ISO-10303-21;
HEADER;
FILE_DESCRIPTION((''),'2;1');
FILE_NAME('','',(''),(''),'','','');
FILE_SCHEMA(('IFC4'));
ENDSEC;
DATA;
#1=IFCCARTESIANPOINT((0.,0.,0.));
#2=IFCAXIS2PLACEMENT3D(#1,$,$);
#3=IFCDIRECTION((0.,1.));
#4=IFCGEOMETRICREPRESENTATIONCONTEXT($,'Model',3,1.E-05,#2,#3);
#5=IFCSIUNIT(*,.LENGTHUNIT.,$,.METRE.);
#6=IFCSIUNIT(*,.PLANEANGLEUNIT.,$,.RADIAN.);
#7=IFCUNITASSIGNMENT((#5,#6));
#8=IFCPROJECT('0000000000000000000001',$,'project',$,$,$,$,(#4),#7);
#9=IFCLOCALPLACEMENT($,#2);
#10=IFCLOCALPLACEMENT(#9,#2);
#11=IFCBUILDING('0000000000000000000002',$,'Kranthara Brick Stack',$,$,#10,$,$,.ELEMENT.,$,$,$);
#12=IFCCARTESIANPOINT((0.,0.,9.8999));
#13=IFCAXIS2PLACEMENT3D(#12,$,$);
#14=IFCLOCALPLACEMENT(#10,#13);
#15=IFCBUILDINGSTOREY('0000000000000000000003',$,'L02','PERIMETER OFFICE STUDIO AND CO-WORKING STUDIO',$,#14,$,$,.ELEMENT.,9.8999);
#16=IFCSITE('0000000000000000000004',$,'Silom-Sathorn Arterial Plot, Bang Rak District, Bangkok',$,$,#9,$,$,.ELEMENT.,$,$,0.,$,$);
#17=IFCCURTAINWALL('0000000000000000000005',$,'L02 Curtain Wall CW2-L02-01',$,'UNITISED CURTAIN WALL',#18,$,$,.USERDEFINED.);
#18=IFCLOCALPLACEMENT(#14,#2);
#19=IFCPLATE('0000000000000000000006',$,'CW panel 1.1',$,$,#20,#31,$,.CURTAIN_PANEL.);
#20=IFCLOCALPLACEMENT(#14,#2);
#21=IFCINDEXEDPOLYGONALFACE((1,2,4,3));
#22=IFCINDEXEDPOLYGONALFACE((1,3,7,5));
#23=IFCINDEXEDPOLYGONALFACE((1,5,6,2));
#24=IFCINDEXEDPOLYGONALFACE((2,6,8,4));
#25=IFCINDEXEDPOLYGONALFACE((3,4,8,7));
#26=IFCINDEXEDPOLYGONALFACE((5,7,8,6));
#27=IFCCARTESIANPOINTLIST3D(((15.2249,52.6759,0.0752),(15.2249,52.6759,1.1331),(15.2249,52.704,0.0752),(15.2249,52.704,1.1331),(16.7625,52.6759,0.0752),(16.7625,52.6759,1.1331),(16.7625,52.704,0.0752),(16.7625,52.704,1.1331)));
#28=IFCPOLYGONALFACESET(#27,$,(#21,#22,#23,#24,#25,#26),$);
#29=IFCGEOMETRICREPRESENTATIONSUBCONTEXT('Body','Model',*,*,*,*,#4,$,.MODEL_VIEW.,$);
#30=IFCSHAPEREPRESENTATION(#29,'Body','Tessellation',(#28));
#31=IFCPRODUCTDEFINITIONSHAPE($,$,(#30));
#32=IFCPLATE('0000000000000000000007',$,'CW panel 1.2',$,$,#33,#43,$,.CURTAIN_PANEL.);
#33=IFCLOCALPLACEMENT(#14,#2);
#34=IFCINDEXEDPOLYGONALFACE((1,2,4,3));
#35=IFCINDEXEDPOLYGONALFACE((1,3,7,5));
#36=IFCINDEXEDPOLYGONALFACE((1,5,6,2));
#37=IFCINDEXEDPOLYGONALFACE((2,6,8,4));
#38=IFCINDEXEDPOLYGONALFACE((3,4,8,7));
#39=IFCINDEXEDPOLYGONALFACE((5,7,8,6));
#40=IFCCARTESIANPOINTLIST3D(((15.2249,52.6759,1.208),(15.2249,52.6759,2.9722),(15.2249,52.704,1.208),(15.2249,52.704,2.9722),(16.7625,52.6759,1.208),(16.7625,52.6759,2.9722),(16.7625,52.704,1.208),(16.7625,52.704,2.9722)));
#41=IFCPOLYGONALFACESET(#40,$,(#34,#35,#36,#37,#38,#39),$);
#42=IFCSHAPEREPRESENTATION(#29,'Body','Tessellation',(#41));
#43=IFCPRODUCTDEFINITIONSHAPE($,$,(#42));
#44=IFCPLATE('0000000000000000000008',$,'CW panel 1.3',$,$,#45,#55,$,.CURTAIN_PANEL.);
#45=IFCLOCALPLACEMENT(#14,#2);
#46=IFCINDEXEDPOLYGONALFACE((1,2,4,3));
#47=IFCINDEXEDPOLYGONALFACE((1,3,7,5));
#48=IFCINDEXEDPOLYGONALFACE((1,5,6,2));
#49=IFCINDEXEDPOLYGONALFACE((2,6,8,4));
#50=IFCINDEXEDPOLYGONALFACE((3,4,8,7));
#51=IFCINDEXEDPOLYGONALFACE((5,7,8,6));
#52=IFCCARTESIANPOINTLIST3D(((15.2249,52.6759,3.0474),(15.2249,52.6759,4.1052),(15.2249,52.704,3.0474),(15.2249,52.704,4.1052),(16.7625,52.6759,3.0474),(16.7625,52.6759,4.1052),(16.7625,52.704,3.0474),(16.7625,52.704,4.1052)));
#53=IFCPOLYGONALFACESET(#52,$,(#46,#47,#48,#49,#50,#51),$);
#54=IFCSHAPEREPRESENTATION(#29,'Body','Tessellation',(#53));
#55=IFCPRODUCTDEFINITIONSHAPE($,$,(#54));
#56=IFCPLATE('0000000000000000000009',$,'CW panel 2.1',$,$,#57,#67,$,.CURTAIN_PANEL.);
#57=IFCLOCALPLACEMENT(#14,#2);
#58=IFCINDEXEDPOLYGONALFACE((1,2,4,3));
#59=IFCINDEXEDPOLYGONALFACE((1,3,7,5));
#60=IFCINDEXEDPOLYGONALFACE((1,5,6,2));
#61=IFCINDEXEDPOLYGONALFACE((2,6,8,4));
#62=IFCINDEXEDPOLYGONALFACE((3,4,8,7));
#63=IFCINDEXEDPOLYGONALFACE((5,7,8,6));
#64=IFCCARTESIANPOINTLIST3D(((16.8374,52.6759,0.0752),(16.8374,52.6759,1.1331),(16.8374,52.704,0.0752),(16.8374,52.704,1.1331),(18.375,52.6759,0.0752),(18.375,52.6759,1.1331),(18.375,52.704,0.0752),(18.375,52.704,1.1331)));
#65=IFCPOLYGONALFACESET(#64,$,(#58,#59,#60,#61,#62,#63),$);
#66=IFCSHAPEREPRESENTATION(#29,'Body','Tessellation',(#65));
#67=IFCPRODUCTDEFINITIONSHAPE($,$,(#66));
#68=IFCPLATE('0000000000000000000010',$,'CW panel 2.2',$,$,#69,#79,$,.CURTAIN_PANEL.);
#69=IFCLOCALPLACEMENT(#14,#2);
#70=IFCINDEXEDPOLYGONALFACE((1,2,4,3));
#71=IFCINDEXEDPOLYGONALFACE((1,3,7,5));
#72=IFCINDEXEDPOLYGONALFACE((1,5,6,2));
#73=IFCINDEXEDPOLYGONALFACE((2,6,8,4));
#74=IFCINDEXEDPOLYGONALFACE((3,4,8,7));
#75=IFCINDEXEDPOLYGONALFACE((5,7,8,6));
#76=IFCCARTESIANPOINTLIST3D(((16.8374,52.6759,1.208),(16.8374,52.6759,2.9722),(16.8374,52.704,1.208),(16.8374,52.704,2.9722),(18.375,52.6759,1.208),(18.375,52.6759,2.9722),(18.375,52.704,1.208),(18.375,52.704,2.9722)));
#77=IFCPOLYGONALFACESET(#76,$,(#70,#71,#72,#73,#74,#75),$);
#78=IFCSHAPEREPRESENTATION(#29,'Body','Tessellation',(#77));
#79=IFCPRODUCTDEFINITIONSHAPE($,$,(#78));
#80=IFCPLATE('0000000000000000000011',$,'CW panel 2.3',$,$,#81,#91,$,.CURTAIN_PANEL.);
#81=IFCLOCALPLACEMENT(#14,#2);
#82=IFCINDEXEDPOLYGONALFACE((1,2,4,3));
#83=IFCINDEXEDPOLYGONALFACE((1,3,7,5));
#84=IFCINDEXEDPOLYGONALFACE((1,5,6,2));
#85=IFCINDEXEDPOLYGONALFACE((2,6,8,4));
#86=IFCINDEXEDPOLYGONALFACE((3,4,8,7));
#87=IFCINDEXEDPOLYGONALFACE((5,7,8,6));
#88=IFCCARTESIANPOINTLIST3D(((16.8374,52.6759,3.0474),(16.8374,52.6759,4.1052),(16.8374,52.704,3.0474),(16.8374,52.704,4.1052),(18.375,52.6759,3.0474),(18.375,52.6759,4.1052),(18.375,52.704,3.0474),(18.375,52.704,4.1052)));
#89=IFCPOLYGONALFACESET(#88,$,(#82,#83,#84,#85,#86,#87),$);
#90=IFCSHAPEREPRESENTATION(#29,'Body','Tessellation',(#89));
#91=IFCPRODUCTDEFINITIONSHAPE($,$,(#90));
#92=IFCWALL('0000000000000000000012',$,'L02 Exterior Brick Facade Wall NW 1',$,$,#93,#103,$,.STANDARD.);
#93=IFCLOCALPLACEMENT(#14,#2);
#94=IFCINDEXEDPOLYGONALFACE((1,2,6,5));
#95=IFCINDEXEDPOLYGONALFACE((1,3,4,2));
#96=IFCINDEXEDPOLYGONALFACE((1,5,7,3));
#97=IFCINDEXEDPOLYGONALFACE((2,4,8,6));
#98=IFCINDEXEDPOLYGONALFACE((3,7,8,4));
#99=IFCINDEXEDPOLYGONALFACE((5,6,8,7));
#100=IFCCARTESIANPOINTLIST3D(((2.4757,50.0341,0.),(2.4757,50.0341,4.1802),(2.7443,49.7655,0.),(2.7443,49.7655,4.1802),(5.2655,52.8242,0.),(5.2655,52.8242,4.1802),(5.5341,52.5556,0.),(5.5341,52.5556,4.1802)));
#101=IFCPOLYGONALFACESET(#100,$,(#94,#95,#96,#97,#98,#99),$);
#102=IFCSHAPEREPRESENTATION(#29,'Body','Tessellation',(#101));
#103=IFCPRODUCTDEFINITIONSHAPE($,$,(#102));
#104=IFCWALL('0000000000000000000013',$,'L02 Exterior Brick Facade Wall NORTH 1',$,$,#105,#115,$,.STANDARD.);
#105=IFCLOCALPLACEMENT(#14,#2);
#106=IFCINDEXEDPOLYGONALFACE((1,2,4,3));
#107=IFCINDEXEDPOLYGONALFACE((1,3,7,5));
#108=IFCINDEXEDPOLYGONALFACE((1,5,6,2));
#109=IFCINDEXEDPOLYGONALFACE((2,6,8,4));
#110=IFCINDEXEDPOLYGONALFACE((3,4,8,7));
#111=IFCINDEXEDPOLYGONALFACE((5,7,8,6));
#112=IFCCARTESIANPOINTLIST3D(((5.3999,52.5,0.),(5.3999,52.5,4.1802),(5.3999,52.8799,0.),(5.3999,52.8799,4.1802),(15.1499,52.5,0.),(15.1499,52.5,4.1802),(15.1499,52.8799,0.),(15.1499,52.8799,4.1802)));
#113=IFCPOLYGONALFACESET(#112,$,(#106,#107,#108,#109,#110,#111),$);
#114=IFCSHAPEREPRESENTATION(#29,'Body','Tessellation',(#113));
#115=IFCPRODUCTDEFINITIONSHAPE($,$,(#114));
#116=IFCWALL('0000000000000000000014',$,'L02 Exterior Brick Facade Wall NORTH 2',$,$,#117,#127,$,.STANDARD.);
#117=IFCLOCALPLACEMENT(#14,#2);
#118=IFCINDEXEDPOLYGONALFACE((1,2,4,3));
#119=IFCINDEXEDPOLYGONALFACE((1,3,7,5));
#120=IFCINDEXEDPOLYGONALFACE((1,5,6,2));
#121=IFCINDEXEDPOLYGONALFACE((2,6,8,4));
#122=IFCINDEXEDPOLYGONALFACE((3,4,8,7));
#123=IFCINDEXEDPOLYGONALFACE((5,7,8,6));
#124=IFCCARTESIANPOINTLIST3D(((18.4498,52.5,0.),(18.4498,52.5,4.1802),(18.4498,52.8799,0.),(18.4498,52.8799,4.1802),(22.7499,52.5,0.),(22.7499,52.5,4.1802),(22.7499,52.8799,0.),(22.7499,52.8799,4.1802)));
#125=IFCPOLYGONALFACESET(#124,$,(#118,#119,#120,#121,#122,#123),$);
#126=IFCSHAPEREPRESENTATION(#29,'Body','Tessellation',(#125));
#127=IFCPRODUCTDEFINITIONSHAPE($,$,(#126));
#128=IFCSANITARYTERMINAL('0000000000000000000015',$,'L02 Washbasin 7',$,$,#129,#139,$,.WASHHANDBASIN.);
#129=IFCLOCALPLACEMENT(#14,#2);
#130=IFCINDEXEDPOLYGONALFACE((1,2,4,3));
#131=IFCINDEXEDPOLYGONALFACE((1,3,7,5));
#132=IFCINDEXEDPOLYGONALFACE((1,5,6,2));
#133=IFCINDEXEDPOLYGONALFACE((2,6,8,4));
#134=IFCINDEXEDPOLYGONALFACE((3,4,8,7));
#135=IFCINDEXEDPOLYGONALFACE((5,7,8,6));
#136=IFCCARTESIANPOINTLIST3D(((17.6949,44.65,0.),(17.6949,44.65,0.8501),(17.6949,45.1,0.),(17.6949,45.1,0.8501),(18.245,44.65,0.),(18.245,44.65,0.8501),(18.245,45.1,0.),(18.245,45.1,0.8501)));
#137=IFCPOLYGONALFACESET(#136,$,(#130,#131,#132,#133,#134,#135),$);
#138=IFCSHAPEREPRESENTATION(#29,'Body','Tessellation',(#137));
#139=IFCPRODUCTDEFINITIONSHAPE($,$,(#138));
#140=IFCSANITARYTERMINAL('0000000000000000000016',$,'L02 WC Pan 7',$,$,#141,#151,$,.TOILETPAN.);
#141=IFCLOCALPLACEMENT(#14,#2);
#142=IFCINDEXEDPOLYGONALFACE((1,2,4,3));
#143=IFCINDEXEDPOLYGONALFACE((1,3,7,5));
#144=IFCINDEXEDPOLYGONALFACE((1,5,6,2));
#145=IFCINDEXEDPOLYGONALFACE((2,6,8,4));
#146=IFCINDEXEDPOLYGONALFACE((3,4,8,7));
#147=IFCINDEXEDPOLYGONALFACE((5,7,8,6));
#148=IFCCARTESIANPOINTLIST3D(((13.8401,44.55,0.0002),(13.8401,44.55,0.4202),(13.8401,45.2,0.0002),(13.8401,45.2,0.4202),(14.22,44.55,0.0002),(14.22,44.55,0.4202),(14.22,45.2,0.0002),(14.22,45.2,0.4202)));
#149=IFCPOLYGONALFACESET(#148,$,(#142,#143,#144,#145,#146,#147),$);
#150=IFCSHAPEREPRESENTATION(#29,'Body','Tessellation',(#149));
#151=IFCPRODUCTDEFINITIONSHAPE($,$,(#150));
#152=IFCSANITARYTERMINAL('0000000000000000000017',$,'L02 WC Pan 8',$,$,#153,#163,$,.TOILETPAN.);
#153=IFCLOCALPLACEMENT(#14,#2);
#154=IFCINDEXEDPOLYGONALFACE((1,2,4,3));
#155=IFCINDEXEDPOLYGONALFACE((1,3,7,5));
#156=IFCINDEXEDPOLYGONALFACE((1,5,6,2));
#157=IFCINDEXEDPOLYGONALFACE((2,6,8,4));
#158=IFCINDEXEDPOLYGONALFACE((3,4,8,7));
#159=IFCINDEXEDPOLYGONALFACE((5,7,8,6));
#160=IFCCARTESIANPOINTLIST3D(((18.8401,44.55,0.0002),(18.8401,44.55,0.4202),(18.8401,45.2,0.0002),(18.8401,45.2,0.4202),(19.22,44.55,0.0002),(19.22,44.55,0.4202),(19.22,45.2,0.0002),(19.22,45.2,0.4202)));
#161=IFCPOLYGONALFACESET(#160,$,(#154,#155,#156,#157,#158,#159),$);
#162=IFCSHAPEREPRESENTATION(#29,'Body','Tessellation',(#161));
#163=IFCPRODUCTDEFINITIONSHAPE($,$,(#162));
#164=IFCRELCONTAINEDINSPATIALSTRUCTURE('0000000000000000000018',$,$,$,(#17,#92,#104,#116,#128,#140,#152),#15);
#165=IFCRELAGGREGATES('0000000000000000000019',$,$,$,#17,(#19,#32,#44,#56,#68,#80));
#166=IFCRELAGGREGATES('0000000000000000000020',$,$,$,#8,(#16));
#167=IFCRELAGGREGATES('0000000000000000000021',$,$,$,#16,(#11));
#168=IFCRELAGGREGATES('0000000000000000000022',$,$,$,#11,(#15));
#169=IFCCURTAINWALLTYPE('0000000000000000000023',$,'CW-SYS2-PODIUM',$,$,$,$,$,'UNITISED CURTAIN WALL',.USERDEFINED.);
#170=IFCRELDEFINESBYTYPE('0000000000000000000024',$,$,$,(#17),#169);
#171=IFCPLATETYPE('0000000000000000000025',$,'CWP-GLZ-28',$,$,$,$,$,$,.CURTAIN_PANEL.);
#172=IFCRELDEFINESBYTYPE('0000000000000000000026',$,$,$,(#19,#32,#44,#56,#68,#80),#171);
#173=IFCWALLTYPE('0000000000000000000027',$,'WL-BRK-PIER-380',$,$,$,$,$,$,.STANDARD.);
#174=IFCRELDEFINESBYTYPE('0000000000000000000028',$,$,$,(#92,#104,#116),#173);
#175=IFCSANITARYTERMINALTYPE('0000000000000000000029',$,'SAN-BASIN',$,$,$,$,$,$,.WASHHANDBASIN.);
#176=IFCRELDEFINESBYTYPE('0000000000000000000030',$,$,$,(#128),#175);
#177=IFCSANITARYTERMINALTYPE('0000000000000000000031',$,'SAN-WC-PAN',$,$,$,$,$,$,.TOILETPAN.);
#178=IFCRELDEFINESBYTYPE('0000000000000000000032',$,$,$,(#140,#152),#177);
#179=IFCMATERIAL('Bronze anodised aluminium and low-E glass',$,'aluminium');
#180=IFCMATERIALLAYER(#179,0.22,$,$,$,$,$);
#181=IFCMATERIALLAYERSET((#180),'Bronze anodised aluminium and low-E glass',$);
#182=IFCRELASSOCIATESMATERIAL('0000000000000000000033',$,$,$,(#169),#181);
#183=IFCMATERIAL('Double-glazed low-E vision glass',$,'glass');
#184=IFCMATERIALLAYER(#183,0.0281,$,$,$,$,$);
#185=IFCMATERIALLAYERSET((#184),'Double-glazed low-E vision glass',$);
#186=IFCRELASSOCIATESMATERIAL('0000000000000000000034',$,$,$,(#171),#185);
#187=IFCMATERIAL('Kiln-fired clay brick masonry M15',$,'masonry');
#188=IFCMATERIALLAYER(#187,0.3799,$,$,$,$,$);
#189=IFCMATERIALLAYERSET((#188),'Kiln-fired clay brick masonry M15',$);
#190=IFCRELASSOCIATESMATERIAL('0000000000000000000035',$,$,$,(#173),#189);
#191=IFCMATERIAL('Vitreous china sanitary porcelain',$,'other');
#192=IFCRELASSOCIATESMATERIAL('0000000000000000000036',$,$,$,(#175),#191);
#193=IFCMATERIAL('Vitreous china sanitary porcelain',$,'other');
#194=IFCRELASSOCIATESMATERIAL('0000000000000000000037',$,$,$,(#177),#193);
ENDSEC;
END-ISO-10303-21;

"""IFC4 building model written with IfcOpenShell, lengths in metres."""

from ifc_helpers import new_model, si_unit, direction, frame, frame_2d, origin, origin_2d, place, context, subcontext, project, spatial, rectangle, extrude, material, layer, layer_set, type_object, element, aggregate, save


model = new_model("IFC4")

# Units and contexts
model_context = context("Model", 3, precision=1e-05, world=origin(), true_north=direction((0.0, 1.0)))
body_context = subcontext(model_context, "Body", "Model", "MODEL_VIEW")
ifc_project = project(units=[si_unit("LENGTHUNIT", "METRE"), si_unit("PLANEANGLEUNIT", "RADIAN")], contexts=[model_context])

# Site, building, storey
site_placement = place(None, origin())
site = spatial("IfcSite", under=ifc_project, at=site_placement, Name="Silom-Sathorn Arterial Plot, Bang Rak District, Bangkok", CompositionType="ELEMENT", RefElevation=0.0)
building_placement = place(site_placement, origin())
building = spatial("IfcBuilding", under=site, at=building_placement, Name="Kranthara Brick Stack", CompositionType="ELEMENT")
storey_placement = place(building_placement, frame((0.0, 0.0, 9.8999)))
storey = spatial("IfcBuildingStorey", under=building, at=storey_placement, Name="L02", Description="PERIMETER OFFICE STUDIO AND CO-WORKING STUDIO", CompositionType="ELEMENT", Elevation=9.8999)

# Curtain wall
ifc_material_1 = material(Name="Bronze anodised aluminium and low-E glass", Category="aluminium")
ifc_layer_1 = layer(ifc_material_1, 0.22)
ifc_layer_set_1 = layer_set([ifc_layer_1], Name="Bronze anodised aluminium and low-E glass")
curtain_wall_type = type_object("IfcCurtainWallType", Name="CW-SYS2-PODIUM", ElementType="UNITISED CURTAIN WALL", PredefinedType="USERDEFINED", material=ifc_layer_set_1)
curtain_wall_1_placement = place(storey_placement, origin())
curtain_wall_1 = element("IfcCurtainWall", 1, at=curtain_wall_1_placement, inside=storey, type_object=curtain_wall_type, Name="L02 Curtain Wall CW2-L02-01", ObjectType="UNITISED CURTAIN WALL", PredefinedType="USERDEFINED")

# Plates
ifc_material_2 = material(Name="Double-glazed low-E vision glass", Category="glass")
ifc_layer_2 = layer(ifc_material_2, 0.0281)
ifc_layer_set_2 = layer_set([ifc_layer_2], Name="Double-glazed low-E vision glass")
plate_type = type_object("IfcPlateType", Name="CWP-GLZ-28", PredefinedType="CURTAIN_PANEL", material=ifc_layer_set_2)
plate_1_placement = place(storey_placement, frame((15.9937, 52.6899, 0.0752), z_axis=(0.0, 0.0, 1.0), x_axis=(1.0, 0.0, 0.0)))
plate_1 = element("IfcPlate", 2, at=plate_1_placement, type_object=plate_type, Name="CW panel 1.1", PredefinedType="CURTAIN_PANEL", context=body_context, shape_type="SweptSolid", body=[
    extrude(rectangle(XDim=1.5376, YDim=0.0281, at=origin_2d()), origin(), (0.0, 0.0, 1.0), 1.0579),
])
plate_2_placement = place(storey_placement, frame((15.9937, 52.6899, 1.208), z_axis=(0.0, 0.0, 1.0), x_axis=(1.0, 0.0, 0.0)))
plate_2 = element("IfcPlate", 3, at=plate_2_placement, type_object=plate_type, Name="CW panel 1.2", PredefinedType="CURTAIN_PANEL", context=body_context, shape_type="SweptSolid", body=[
    extrude(rectangle(XDim=1.5376, YDim=0.0281, at=origin_2d()), origin(), (0.0, 0.0, 1.0), 1.7642),
])
plate_3_placement = place(storey_placement, frame((15.9937, 52.6899, 3.0474), z_axis=(0.0, 0.0, 1.0), x_axis=(1.0, 0.0, 0.0)))
plate_3 = element("IfcPlate", 4, at=plate_3_placement, type_object=plate_type, Name="CW panel 1.3", PredefinedType="CURTAIN_PANEL", context=body_context, shape_type="SweptSolid", body=[
    extrude(rectangle(XDim=1.5376, YDim=0.0281, at=origin_2d()), origin(), (0.0, 0.0, 1.0), 1.0579),
])
plate_4_placement = place(storey_placement, frame((17.6062, 52.6899, 0.0752), z_axis=(0.0, 0.0, 1.0), x_axis=(1.0, 0.0, 0.0)))
plate_4 = element("IfcPlate", 5, at=plate_4_placement, type_object=plate_type, Name="CW panel 2.1", PredefinedType="CURTAIN_PANEL", context=body_context, shape_type="SweptSolid", body=[
    extrude(rectangle(XDim=1.5376, YDim=0.0281, at=origin_2d()), origin(), (0.0, 0.0, 1.0), 1.0579),
])
plate_5_placement = place(storey_placement, frame((17.6062, 52.6899, 1.208), z_axis=(0.0, 0.0, 1.0), x_axis=(1.0, 0.0, 0.0)))
plate_5 = element("IfcPlate", 6, at=plate_5_placement, type_object=plate_type, Name="CW panel 2.2", PredefinedType="CURTAIN_PANEL", context=body_context, shape_type="SweptSolid", body=[
    extrude(rectangle(XDim=1.5376, YDim=0.0281, at=origin_2d()), origin(), (0.0, 0.0, 1.0), 1.7642),
])
plate_6_placement = place(storey_placement, frame((17.6062, 52.6899, 3.0474), z_axis=(0.0, 0.0, 1.0), x_axis=(1.0, 0.0, 0.0)))
plate_6 = element("IfcPlate", 7, at=plate_6_placement, type_object=plate_type, Name="CW panel 2.3", PredefinedType="CURTAIN_PANEL", context=body_context, shape_type="SweptSolid", body=[
    extrude(rectangle(XDim=1.5376, YDim=0.0281, at=origin_2d()), origin(), (0.0, 0.0, 1.0), 1.0579),
])
aggregate(curtain_wall_1, [plate_1, plate_2, plate_3, plate_4, plate_5, plate_6])

# Walls
ifc_material_3 = material(Name="Kiln-fired clay brick masonry M15", Category="masonry")
ifc_layer_3 = layer(ifc_material_3, 0.3799)
ifc_layer_set_3 = layer_set([ifc_layer_3], Name="Kiln-fired clay brick masonry M15")
wall_type = type_object("IfcWallType", Name="WL-BRK-PIER-380", PredefinedType="STANDARD", material=ifc_layer_set_3)
wall_1_placement = place(storey_placement, frame((2.6101, 49.8999, 0.0), z_axis=(0.0, 0.0, 1.0), x_axis=(0.707076, 0.707138, 0.0)))
element("IfcWall", 8, at=wall_1_placement, inside=storey, type_object=wall_type, Name="L02 Exterior Brick Facade Wall NW 1", PredefinedType="STANDARD", context=body_context, shape_type="SweptSolid", body=[
    extrude(rectangle(XDim=3.9456, YDim=0.3799, at=frame_2d((1.9727, 0.0))), origin(), (0.0, 0.0, 1.0), 4.1802),
])
wall_2_placement = place(storey_placement, frame((5.3999, 52.6899, 0.0), z_axis=(0.0, 0.0, 1.0), x_axis=(1.0, 0.0, 0.0)))
element("IfcWall", 9, at=wall_2_placement, inside=storey, type_object=wall_type, Name="L02 Exterior Brick Facade Wall NORTH 1", PredefinedType="STANDARD", context=body_context, shape_type="SweptSolid", body=[
    extrude(rectangle(XDim=9.75, YDim=0.3799, at=frame_2d((4.875, 0.0))), origin(), (0.0, 0.0, 1.0), 4.1802),
])
wall_3_placement = place(storey_placement, frame((18.45, 52.6899, 0.0), z_axis=(0.0, 0.0, 1.0), x_axis=(1.0, 0.0, 0.0)))
element("IfcWall", 10, at=wall_3_placement, inside=storey, type_object=wall_type, Name="L02 Exterior Brick Facade Wall NORTH 2", PredefinedType="STANDARD", context=body_context, shape_type="SweptSolid", body=[
    extrude(rectangle(XDim=4.3, YDim=0.3799, at=frame_2d((2.1499, 0.0))), origin(), (0.0, 0.0, 1.0), 4.1802),
])

# Sanitary terminals
ifc_material_4 = material(Name="Vitreous china sanitary porcelain", Category="other")
sanitary_terminal_type_1 = type_object("IfcSanitaryTerminalType", Name="SAN-BASIN", PredefinedType="WASHHANDBASIN", material=ifc_material_4)
sanitary_terminal_placement = place(storey_placement, frame((17.97, 44.875, 0.0), z_axis=(0.0, 0.0, 1.0), x_axis=(1.0, 0.0, 0.0)))
element("IfcSanitaryTerminal", 11, at=sanitary_terminal_placement, inside=storey, type_object=sanitary_terminal_type_1, Name="L02 Washbasin 7", PredefinedType="WASHHANDBASIN", context=body_context, shape_type="SweptSolid", body=[
    extrude(rectangle(XDim=0.55, YDim=0.45, at=origin_2d()), origin(), (0.0, 0.0, 1.0), 0.8501),
])
ifc_material_5 = material(Name="Vitreous china sanitary porcelain", Category="other")
sanitary_terminal_type_2 = type_object("IfcSanitaryTerminalType", Name="SAN-WC-PAN", PredefinedType="TOILETPAN", material=ifc_material_5)
for number, where, z_axis, x_axis, name in (
    (12, (14.03, 44.875, 0.0002), (0.0, 0.0, 1.0), (1.0, 0.0, 0.0), "L02 WC Pan 7"),
    (13, (19.03, 44.875, 0.0002), (0.0, 0.0, 1.0), (1.0, 0.0, 0.0), "L02 WC Pan 8"),
):
    element("IfcSanitaryTerminal", number, at=place(storey_placement, frame(where, z_axis=z_axis, x_axis=x_axis)), inside=storey, type_object=sanitary_terminal_type_2, Name=name, PredefinedType="TOILETPAN", context=body_context, shape_type="SweptSolid", body=[
        extrude(rectangle(XDim=0.3799, YDim=0.6499, at=origin_2d()), origin(), (0.0, 0.0, 1.0), 0.4199),
    ])

save(model, "model.ifc")
